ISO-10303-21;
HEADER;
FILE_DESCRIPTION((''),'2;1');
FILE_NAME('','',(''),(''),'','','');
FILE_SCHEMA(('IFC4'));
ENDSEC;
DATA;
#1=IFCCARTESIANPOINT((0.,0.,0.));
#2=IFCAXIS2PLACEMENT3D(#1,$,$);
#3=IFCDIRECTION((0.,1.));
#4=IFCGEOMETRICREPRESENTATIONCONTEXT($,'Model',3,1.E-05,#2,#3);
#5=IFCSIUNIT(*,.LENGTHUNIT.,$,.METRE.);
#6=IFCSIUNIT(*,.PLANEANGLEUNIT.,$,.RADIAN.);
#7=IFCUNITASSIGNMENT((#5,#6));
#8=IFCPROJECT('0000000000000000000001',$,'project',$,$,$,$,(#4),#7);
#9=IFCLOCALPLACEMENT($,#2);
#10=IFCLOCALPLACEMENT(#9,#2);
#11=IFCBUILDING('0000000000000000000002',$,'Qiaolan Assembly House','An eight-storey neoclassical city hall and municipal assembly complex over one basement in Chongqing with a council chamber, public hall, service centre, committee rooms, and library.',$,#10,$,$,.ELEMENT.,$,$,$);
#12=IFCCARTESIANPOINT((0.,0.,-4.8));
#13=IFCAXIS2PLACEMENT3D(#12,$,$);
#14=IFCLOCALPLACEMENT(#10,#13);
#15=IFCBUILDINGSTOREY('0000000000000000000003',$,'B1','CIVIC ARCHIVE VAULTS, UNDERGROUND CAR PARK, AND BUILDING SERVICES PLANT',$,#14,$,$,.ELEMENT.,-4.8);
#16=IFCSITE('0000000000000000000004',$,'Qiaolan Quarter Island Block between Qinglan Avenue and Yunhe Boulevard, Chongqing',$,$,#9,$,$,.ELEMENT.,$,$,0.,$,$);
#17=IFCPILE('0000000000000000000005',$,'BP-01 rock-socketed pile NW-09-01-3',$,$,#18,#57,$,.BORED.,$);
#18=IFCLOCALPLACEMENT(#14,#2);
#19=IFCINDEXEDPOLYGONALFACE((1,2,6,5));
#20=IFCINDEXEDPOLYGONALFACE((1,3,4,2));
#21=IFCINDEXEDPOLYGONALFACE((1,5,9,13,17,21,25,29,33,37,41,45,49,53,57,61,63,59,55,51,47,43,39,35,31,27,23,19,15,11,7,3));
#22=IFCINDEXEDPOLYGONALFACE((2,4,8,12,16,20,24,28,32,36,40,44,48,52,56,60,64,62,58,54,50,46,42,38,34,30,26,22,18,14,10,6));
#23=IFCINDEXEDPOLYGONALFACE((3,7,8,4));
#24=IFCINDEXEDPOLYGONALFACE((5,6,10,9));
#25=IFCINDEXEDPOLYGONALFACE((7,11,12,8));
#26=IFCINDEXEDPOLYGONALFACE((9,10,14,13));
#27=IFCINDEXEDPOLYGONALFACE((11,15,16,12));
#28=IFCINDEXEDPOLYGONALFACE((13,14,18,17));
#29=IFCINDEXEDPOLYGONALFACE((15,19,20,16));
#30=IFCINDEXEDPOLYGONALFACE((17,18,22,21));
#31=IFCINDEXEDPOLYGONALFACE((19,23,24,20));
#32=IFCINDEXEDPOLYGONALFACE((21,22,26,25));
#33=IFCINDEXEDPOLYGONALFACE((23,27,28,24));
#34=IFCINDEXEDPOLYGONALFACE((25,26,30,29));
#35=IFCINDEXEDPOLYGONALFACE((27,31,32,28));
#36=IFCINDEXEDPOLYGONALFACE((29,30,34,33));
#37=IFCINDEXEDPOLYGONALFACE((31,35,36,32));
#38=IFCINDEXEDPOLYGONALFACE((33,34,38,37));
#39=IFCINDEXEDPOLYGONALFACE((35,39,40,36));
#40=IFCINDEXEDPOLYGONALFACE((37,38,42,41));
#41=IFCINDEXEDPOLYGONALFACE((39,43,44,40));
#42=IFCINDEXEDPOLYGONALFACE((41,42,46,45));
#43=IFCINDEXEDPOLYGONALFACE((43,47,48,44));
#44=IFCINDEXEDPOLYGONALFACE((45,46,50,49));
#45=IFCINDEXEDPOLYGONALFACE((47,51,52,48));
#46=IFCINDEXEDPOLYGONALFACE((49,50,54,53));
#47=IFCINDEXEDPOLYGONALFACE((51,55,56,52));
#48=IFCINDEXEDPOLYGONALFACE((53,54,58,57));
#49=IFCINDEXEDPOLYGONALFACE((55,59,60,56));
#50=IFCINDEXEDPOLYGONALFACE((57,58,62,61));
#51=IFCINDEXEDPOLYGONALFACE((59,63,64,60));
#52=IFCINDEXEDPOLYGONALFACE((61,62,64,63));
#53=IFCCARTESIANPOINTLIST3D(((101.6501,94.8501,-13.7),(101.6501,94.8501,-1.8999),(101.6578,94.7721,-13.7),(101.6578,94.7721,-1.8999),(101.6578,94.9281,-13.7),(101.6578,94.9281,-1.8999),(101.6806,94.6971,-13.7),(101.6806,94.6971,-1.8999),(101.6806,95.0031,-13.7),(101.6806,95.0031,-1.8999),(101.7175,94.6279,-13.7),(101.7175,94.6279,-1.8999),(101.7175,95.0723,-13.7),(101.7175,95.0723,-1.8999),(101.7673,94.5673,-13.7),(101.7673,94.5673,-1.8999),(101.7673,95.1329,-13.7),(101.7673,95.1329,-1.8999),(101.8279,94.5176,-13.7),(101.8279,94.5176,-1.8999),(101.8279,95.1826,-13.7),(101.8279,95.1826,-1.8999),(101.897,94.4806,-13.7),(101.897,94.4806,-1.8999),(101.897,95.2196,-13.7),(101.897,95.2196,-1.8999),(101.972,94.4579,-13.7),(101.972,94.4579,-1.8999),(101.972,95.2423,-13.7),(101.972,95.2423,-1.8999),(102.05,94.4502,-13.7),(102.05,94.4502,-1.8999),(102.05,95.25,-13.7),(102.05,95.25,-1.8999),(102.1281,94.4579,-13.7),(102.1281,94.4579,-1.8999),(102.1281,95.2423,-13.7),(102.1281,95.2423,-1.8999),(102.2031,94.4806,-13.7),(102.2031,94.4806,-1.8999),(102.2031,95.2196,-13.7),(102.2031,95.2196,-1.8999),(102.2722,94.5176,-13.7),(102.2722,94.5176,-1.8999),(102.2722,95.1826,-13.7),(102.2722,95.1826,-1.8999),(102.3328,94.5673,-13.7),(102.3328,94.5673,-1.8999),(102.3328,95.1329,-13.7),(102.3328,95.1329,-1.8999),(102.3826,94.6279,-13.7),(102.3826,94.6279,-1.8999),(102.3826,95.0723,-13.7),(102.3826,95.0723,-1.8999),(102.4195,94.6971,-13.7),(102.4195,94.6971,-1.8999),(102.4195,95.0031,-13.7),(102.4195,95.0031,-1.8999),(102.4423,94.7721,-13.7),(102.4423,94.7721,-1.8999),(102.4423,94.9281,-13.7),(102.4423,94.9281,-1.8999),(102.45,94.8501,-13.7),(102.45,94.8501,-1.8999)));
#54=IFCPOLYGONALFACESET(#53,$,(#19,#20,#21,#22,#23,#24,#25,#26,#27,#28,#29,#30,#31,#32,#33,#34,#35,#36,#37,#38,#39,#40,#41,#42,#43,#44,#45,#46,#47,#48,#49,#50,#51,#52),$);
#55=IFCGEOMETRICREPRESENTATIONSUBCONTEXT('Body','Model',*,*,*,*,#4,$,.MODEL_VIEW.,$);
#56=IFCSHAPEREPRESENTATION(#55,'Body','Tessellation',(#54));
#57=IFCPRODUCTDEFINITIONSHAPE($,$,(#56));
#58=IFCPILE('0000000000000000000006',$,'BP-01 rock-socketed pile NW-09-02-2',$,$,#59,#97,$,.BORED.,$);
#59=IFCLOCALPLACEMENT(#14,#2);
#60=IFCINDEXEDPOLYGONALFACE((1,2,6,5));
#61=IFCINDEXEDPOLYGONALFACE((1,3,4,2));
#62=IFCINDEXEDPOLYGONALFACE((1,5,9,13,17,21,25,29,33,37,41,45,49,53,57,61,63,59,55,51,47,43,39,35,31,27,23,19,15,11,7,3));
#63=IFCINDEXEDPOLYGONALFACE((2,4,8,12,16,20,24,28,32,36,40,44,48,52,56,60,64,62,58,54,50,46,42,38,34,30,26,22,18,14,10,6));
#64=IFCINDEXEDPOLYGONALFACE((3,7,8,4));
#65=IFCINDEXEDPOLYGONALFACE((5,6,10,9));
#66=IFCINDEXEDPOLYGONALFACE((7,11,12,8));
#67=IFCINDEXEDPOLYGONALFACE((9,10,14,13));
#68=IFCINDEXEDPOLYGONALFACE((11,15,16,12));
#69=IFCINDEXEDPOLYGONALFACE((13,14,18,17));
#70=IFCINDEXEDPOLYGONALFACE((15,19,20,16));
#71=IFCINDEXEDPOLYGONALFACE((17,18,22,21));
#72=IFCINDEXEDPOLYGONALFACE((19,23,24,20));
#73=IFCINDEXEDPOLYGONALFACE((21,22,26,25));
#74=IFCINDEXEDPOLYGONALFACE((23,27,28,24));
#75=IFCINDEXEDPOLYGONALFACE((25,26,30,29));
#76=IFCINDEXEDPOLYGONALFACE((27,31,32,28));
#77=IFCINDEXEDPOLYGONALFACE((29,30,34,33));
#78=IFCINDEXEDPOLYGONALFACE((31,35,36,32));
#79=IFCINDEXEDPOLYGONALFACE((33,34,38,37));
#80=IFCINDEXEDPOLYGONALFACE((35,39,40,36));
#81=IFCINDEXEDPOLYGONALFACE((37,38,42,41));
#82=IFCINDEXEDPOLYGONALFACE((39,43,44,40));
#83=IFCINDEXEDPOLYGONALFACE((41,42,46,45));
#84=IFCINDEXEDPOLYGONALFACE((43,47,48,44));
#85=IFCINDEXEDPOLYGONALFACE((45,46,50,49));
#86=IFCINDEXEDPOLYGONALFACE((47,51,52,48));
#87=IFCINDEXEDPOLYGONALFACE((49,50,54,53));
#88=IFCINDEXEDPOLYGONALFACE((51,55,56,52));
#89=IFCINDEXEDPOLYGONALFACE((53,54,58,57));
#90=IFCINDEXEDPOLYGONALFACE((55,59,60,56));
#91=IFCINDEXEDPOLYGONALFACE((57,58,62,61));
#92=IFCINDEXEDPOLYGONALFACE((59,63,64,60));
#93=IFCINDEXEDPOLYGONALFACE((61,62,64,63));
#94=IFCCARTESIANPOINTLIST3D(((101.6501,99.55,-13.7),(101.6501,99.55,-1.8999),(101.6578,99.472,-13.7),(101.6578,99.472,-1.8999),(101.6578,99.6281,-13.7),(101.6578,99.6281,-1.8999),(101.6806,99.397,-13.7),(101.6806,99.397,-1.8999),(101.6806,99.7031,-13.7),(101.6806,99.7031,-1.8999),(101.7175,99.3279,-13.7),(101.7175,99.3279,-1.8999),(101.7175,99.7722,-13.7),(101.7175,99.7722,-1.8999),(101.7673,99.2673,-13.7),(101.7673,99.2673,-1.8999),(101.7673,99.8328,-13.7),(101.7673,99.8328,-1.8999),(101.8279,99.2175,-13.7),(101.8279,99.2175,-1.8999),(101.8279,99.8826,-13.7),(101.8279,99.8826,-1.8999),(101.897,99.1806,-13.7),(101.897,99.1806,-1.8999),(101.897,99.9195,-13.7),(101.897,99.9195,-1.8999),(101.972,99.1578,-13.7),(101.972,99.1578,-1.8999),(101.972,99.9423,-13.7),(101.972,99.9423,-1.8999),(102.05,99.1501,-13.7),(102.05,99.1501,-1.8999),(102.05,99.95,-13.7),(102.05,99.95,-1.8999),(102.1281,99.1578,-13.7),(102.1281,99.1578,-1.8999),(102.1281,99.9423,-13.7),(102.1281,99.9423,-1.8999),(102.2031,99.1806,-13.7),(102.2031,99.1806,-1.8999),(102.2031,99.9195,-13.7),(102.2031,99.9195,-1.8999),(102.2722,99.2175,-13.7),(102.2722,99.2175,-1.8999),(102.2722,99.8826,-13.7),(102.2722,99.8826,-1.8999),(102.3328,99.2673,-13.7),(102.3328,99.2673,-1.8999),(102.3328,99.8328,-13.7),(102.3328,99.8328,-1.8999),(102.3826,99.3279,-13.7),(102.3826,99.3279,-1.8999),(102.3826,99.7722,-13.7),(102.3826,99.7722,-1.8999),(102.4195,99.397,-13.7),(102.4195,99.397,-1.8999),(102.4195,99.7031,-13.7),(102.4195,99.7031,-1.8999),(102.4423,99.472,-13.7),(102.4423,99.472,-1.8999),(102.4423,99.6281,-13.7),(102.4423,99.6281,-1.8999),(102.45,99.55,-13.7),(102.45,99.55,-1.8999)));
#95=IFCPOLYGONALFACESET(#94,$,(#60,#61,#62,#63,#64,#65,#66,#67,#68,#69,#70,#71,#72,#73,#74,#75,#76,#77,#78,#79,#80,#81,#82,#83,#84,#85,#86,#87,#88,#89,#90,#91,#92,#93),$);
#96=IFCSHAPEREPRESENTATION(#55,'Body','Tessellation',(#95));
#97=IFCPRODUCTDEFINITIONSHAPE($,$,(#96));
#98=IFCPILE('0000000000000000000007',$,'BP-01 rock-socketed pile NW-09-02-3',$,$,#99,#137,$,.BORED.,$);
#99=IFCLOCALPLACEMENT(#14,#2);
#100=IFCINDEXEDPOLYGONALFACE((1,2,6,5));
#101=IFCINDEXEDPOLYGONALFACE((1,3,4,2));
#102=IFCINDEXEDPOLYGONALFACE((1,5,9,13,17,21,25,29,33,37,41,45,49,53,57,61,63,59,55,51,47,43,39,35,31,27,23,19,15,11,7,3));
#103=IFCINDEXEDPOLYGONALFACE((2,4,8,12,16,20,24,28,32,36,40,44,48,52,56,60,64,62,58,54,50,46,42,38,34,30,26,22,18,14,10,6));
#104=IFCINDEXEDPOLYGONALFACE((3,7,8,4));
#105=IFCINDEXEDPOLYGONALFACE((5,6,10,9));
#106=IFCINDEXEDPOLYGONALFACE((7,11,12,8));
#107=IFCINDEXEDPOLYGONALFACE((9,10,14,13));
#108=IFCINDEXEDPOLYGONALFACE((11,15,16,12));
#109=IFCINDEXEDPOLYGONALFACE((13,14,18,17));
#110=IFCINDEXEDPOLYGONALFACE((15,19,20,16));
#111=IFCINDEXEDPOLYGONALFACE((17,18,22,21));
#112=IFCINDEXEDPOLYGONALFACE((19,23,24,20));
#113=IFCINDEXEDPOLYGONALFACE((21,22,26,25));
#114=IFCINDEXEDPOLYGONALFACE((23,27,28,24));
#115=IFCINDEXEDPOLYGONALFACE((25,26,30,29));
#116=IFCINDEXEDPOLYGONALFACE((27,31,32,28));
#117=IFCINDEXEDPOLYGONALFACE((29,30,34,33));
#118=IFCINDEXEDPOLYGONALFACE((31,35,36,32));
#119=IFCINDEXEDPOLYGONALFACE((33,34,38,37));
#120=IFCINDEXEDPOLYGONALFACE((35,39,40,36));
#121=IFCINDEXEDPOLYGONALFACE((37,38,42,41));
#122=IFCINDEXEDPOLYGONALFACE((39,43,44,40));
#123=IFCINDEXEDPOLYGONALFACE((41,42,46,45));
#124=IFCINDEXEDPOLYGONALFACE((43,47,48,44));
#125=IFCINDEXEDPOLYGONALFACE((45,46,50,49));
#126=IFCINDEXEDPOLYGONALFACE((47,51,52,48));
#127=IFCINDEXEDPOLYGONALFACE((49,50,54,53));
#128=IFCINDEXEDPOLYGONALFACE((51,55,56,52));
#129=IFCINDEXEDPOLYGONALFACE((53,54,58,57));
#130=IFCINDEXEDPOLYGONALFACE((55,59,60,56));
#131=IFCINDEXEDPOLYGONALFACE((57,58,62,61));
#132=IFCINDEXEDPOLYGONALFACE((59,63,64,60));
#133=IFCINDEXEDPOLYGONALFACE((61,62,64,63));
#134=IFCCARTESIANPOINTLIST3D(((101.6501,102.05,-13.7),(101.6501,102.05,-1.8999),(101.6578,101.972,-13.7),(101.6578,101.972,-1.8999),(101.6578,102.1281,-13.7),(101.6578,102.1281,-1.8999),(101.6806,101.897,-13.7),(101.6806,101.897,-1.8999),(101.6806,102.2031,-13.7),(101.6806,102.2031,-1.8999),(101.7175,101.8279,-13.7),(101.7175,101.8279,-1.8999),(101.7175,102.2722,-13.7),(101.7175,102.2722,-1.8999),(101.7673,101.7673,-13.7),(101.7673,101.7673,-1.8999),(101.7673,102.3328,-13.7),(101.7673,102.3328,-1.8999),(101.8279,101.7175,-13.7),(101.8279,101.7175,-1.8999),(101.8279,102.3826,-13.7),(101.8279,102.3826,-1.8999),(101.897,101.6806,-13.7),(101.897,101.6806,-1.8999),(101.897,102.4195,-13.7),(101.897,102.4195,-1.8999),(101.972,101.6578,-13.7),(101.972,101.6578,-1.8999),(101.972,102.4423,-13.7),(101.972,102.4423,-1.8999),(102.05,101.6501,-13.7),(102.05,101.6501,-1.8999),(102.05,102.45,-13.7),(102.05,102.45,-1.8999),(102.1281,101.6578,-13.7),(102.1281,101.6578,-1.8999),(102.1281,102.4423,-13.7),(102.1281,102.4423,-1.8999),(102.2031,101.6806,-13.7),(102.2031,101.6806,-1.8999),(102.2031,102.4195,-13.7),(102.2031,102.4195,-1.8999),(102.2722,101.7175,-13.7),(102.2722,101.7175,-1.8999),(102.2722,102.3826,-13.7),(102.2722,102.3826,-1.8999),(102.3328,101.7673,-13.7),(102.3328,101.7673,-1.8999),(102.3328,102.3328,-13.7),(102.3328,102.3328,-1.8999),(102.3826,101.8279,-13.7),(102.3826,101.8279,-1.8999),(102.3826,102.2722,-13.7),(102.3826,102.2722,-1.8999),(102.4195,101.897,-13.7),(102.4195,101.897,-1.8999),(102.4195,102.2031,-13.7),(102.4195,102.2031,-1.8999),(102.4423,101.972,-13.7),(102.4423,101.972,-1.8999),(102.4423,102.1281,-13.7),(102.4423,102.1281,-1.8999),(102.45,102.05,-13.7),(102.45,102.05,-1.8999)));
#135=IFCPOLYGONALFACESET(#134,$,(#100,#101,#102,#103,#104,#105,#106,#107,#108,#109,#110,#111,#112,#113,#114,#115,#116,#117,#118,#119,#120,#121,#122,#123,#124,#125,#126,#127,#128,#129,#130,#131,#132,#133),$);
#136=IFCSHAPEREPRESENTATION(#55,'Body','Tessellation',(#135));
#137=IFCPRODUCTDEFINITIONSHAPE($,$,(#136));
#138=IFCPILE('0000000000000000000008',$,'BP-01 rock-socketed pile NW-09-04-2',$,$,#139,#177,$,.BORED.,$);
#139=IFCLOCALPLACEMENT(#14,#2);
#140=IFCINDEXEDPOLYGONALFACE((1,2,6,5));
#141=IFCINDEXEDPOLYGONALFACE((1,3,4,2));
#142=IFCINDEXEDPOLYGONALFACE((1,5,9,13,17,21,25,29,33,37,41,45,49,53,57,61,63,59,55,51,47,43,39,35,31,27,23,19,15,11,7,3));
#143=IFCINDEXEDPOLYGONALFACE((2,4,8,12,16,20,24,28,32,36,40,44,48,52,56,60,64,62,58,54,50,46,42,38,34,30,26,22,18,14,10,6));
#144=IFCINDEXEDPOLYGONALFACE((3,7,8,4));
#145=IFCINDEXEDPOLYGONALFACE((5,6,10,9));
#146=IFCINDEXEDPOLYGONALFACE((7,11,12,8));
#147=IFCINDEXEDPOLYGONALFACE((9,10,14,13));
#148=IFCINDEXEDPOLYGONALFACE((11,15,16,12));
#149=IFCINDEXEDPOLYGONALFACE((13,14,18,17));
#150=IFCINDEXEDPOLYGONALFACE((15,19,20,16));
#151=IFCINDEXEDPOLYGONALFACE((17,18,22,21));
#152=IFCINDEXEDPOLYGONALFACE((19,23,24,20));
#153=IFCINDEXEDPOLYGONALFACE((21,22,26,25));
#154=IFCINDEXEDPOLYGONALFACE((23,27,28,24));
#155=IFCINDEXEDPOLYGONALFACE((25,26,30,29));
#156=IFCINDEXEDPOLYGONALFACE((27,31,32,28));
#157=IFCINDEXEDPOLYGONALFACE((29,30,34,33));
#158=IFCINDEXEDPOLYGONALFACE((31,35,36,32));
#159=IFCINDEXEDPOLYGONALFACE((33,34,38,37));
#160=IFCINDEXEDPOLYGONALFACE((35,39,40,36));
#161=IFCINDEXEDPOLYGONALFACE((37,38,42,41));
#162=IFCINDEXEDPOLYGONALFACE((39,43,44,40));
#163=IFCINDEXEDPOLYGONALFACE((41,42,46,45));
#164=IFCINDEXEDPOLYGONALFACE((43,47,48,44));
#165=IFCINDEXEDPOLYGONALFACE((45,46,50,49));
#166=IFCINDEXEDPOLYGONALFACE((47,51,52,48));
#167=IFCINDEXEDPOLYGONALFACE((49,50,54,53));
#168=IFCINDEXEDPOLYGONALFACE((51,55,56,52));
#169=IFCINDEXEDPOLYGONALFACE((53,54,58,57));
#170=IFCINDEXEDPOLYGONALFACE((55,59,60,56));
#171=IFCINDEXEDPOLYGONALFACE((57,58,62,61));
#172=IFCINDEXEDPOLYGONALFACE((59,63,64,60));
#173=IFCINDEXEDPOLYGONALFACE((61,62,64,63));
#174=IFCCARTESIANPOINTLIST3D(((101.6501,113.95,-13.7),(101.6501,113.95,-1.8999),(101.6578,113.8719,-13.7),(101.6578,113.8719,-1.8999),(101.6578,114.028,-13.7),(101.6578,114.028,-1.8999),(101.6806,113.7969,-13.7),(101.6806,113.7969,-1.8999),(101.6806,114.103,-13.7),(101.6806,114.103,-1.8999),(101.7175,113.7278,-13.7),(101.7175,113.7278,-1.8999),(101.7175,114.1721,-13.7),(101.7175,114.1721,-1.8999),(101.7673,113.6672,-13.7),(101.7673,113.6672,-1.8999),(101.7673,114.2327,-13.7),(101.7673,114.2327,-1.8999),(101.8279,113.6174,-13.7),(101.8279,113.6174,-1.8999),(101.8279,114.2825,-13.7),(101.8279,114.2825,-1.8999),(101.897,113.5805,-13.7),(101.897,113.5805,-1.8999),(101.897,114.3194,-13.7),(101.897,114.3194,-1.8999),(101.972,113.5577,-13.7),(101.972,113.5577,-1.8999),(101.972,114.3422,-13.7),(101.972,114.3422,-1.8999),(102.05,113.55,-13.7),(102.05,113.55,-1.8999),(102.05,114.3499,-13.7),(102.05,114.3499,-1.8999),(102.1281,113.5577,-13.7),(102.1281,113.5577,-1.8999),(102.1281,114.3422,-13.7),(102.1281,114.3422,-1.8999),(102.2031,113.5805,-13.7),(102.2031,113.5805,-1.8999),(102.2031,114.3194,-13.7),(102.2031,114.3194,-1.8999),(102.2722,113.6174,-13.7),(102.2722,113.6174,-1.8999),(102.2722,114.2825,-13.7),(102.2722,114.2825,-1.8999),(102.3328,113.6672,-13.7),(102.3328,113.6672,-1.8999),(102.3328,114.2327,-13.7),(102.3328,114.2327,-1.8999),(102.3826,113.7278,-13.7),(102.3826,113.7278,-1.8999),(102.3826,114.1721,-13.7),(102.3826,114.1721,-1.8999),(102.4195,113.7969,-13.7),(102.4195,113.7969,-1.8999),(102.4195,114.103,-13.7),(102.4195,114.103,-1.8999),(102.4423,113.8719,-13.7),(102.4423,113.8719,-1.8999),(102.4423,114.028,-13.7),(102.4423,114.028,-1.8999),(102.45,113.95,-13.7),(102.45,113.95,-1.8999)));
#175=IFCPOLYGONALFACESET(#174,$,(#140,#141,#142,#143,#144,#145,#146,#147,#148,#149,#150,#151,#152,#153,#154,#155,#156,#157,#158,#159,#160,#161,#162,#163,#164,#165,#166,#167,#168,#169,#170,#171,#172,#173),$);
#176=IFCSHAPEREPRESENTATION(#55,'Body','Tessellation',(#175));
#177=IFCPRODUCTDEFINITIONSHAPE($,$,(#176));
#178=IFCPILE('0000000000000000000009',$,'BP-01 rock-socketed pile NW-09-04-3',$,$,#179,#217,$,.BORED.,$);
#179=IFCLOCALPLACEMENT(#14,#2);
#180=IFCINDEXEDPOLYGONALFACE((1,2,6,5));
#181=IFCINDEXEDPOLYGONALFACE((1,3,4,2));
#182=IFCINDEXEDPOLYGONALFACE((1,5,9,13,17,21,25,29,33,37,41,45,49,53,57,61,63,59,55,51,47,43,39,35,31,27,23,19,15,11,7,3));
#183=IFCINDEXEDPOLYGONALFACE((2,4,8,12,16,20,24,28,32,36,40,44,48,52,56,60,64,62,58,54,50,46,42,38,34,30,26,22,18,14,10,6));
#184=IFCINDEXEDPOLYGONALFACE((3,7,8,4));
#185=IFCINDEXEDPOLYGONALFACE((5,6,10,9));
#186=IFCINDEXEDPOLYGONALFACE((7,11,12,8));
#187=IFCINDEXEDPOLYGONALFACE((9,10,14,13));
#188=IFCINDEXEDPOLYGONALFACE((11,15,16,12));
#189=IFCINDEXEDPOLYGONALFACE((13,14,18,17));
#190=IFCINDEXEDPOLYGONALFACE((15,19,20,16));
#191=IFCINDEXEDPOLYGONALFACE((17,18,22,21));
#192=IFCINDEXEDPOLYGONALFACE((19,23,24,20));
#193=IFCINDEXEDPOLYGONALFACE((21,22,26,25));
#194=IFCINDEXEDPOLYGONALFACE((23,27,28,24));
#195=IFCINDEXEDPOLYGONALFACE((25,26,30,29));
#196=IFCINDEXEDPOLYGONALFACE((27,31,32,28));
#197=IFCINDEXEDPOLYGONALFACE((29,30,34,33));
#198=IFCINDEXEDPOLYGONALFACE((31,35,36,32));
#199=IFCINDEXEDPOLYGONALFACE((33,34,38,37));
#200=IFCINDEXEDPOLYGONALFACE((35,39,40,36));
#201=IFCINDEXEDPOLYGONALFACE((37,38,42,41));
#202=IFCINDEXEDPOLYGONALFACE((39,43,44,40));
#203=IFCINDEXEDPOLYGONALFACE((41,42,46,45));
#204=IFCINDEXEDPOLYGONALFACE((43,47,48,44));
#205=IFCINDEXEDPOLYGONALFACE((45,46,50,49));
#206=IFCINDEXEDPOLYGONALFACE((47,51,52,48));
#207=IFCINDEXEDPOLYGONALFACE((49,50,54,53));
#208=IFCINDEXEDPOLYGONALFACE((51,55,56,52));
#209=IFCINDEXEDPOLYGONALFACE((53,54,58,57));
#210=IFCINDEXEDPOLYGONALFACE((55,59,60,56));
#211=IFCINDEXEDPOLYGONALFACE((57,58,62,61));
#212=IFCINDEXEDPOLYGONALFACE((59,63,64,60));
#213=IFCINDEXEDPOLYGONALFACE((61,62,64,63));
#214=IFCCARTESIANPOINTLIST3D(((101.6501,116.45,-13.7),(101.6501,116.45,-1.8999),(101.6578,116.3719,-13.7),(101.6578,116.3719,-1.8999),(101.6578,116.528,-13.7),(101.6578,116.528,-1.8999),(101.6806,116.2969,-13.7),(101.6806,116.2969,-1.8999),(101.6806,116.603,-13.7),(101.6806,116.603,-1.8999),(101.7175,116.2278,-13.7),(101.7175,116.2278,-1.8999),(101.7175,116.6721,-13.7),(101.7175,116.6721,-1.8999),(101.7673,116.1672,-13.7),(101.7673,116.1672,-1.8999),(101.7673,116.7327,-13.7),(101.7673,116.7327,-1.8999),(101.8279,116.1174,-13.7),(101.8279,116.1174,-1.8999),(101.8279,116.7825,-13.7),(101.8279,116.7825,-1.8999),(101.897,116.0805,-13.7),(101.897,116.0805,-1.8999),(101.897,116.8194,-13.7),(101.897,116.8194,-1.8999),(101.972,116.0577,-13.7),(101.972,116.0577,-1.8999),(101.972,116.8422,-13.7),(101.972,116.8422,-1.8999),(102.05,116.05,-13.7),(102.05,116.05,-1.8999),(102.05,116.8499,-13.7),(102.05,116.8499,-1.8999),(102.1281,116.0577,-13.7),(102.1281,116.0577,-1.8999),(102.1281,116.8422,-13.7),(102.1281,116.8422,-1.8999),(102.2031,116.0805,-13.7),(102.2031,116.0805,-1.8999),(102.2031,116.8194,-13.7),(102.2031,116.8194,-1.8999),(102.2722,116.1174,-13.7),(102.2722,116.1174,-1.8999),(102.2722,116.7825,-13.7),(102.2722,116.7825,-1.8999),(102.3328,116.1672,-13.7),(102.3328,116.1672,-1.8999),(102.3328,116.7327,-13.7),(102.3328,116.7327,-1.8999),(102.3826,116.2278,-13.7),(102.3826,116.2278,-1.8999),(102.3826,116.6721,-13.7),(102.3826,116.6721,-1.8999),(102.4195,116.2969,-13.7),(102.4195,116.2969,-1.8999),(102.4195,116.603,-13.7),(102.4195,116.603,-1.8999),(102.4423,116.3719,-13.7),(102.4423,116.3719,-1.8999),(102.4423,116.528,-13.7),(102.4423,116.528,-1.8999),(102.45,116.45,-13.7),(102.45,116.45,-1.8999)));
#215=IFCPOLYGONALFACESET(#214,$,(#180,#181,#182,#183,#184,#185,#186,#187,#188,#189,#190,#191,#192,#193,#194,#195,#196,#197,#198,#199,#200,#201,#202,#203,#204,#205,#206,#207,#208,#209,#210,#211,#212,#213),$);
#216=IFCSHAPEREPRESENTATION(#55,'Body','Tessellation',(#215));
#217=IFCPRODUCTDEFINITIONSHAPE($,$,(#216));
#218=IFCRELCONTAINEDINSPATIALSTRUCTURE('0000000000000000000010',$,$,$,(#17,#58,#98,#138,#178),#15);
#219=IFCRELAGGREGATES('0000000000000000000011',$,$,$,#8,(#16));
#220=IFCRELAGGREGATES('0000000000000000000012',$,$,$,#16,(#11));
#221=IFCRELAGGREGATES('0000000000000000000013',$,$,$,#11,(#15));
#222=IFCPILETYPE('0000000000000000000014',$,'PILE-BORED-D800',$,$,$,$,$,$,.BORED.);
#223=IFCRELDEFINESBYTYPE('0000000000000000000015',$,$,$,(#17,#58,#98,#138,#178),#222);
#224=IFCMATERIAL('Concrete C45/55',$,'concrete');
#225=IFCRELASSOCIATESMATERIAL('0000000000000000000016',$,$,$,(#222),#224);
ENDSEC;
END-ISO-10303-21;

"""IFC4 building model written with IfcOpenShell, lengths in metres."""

from ifc_helpers import new_model, si_unit, direction, frame, origin, origin_2d, place, context, subcontext, project, spatial, circle, extrude, material, material_profile, profile_set, type_object, element, save


model = new_model("IFC4")

# Units and contexts
model_context = context("Model", 3, precision=1e-05, world=origin(), true_north=direction((0.0, 1.0)))
body_context = subcontext(model_context, "Body", "Model", "MODEL_VIEW")
ifc_project = project(units=[si_unit("LENGTHUNIT", "METRE"), si_unit("PLANEANGLEUNIT", "RADIAN")], contexts=[model_context])

# Site, building, storey
site_placement = place(None, origin())
site = spatial("IfcSite", under=ifc_project, at=site_placement, Name="Qiaolan Quarter Island Block between Qinglan Avenue and Yunhe Boulevard, Chongqing", CompositionType="ELEMENT", RefElevation=0.0)
building_placement = place(site_placement, origin())
building = spatial("IfcBuilding", under=site, at=building_placement, Name="Qiaolan Assembly House", Description="An eight-storey neoclassical city hall and municipal assembly complex over one basement in Chongqing with a council chamber, public hall, service centre, committee rooms, and library.", CompositionType="ELEMENT")
storey_placement = place(building_placement, frame((0.0, 0.0, -4.8)))
storey = spatial("IfcBuildingStorey", under=building, at=storey_placement, Name="B1", Description="CIVIC ARCHIVE VAULTS, UNDERGROUND CAR PARK, AND BUILDING SERVICES PLANT", CompositionType="ELEMENT", Elevation=-4.8)

# Piles
ifc_material_1 = material(Name="Concrete C45/55", Category="concrete")
ifc_material_profile_1 = material_profile(ifc_material_1, circle(Radius=0.3999, at=origin_2d()), Name="PILE D800")
ifc_profile_set_1 = profile_set([ifc_material_profile_1], Name="Concrete C45/55")
pile_type_1 = type_object("IfcPileType", Name="PILE-BORED-D800", PredefinedType="BORED", material=ifc_profile_set_1)
for number, where, z_axis, x_axis, name in (
    (1, (102.05, 94.8501, -1.8999), (0.0, 0.0, -1.0), (1.0, 0.0, 0.0), "BP-01 rock-socketed pile NW-09-01-3"),
    (2, (102.05, 99.55, -1.8999), (0.0, 0.0, -1.0), (1.0, 0.0, 0.0), "BP-01 rock-socketed pile NW-09-02-2"),
    (3, (102.05, 102.05, -1.8999), (0.0, 0.0, -1.0), (1.0, 0.0, 0.0), "BP-01 rock-socketed pile NW-09-02-3"),
    (4, (102.05, 113.95, -1.8999), (0.0, 0.0, -1.0), (1.0, 0.0, 0.0), "BP-01 rock-socketed pile NW-09-04-2"),
    (5, (102.05, 116.45, -1.8999), (0.0, 0.0, -1.0), (1.0, 0.0, 0.0), "BP-01 rock-socketed pile NW-09-04-3"),
):
    element("IfcPile", number, at=place(storey_placement, frame(where, z_axis=z_axis, x_axis=x_axis)), inside=storey, type_object=pile_type_1, Name=name, PredefinedType="BORED", context=body_context, shape_type="SweptSolid", body=[
        extrude(circle(Radius=0.3999, at=origin_2d()), origin(), (0.0, 0.0, 1.0), 11.8),
    ])

save(model, "model.ifc")
